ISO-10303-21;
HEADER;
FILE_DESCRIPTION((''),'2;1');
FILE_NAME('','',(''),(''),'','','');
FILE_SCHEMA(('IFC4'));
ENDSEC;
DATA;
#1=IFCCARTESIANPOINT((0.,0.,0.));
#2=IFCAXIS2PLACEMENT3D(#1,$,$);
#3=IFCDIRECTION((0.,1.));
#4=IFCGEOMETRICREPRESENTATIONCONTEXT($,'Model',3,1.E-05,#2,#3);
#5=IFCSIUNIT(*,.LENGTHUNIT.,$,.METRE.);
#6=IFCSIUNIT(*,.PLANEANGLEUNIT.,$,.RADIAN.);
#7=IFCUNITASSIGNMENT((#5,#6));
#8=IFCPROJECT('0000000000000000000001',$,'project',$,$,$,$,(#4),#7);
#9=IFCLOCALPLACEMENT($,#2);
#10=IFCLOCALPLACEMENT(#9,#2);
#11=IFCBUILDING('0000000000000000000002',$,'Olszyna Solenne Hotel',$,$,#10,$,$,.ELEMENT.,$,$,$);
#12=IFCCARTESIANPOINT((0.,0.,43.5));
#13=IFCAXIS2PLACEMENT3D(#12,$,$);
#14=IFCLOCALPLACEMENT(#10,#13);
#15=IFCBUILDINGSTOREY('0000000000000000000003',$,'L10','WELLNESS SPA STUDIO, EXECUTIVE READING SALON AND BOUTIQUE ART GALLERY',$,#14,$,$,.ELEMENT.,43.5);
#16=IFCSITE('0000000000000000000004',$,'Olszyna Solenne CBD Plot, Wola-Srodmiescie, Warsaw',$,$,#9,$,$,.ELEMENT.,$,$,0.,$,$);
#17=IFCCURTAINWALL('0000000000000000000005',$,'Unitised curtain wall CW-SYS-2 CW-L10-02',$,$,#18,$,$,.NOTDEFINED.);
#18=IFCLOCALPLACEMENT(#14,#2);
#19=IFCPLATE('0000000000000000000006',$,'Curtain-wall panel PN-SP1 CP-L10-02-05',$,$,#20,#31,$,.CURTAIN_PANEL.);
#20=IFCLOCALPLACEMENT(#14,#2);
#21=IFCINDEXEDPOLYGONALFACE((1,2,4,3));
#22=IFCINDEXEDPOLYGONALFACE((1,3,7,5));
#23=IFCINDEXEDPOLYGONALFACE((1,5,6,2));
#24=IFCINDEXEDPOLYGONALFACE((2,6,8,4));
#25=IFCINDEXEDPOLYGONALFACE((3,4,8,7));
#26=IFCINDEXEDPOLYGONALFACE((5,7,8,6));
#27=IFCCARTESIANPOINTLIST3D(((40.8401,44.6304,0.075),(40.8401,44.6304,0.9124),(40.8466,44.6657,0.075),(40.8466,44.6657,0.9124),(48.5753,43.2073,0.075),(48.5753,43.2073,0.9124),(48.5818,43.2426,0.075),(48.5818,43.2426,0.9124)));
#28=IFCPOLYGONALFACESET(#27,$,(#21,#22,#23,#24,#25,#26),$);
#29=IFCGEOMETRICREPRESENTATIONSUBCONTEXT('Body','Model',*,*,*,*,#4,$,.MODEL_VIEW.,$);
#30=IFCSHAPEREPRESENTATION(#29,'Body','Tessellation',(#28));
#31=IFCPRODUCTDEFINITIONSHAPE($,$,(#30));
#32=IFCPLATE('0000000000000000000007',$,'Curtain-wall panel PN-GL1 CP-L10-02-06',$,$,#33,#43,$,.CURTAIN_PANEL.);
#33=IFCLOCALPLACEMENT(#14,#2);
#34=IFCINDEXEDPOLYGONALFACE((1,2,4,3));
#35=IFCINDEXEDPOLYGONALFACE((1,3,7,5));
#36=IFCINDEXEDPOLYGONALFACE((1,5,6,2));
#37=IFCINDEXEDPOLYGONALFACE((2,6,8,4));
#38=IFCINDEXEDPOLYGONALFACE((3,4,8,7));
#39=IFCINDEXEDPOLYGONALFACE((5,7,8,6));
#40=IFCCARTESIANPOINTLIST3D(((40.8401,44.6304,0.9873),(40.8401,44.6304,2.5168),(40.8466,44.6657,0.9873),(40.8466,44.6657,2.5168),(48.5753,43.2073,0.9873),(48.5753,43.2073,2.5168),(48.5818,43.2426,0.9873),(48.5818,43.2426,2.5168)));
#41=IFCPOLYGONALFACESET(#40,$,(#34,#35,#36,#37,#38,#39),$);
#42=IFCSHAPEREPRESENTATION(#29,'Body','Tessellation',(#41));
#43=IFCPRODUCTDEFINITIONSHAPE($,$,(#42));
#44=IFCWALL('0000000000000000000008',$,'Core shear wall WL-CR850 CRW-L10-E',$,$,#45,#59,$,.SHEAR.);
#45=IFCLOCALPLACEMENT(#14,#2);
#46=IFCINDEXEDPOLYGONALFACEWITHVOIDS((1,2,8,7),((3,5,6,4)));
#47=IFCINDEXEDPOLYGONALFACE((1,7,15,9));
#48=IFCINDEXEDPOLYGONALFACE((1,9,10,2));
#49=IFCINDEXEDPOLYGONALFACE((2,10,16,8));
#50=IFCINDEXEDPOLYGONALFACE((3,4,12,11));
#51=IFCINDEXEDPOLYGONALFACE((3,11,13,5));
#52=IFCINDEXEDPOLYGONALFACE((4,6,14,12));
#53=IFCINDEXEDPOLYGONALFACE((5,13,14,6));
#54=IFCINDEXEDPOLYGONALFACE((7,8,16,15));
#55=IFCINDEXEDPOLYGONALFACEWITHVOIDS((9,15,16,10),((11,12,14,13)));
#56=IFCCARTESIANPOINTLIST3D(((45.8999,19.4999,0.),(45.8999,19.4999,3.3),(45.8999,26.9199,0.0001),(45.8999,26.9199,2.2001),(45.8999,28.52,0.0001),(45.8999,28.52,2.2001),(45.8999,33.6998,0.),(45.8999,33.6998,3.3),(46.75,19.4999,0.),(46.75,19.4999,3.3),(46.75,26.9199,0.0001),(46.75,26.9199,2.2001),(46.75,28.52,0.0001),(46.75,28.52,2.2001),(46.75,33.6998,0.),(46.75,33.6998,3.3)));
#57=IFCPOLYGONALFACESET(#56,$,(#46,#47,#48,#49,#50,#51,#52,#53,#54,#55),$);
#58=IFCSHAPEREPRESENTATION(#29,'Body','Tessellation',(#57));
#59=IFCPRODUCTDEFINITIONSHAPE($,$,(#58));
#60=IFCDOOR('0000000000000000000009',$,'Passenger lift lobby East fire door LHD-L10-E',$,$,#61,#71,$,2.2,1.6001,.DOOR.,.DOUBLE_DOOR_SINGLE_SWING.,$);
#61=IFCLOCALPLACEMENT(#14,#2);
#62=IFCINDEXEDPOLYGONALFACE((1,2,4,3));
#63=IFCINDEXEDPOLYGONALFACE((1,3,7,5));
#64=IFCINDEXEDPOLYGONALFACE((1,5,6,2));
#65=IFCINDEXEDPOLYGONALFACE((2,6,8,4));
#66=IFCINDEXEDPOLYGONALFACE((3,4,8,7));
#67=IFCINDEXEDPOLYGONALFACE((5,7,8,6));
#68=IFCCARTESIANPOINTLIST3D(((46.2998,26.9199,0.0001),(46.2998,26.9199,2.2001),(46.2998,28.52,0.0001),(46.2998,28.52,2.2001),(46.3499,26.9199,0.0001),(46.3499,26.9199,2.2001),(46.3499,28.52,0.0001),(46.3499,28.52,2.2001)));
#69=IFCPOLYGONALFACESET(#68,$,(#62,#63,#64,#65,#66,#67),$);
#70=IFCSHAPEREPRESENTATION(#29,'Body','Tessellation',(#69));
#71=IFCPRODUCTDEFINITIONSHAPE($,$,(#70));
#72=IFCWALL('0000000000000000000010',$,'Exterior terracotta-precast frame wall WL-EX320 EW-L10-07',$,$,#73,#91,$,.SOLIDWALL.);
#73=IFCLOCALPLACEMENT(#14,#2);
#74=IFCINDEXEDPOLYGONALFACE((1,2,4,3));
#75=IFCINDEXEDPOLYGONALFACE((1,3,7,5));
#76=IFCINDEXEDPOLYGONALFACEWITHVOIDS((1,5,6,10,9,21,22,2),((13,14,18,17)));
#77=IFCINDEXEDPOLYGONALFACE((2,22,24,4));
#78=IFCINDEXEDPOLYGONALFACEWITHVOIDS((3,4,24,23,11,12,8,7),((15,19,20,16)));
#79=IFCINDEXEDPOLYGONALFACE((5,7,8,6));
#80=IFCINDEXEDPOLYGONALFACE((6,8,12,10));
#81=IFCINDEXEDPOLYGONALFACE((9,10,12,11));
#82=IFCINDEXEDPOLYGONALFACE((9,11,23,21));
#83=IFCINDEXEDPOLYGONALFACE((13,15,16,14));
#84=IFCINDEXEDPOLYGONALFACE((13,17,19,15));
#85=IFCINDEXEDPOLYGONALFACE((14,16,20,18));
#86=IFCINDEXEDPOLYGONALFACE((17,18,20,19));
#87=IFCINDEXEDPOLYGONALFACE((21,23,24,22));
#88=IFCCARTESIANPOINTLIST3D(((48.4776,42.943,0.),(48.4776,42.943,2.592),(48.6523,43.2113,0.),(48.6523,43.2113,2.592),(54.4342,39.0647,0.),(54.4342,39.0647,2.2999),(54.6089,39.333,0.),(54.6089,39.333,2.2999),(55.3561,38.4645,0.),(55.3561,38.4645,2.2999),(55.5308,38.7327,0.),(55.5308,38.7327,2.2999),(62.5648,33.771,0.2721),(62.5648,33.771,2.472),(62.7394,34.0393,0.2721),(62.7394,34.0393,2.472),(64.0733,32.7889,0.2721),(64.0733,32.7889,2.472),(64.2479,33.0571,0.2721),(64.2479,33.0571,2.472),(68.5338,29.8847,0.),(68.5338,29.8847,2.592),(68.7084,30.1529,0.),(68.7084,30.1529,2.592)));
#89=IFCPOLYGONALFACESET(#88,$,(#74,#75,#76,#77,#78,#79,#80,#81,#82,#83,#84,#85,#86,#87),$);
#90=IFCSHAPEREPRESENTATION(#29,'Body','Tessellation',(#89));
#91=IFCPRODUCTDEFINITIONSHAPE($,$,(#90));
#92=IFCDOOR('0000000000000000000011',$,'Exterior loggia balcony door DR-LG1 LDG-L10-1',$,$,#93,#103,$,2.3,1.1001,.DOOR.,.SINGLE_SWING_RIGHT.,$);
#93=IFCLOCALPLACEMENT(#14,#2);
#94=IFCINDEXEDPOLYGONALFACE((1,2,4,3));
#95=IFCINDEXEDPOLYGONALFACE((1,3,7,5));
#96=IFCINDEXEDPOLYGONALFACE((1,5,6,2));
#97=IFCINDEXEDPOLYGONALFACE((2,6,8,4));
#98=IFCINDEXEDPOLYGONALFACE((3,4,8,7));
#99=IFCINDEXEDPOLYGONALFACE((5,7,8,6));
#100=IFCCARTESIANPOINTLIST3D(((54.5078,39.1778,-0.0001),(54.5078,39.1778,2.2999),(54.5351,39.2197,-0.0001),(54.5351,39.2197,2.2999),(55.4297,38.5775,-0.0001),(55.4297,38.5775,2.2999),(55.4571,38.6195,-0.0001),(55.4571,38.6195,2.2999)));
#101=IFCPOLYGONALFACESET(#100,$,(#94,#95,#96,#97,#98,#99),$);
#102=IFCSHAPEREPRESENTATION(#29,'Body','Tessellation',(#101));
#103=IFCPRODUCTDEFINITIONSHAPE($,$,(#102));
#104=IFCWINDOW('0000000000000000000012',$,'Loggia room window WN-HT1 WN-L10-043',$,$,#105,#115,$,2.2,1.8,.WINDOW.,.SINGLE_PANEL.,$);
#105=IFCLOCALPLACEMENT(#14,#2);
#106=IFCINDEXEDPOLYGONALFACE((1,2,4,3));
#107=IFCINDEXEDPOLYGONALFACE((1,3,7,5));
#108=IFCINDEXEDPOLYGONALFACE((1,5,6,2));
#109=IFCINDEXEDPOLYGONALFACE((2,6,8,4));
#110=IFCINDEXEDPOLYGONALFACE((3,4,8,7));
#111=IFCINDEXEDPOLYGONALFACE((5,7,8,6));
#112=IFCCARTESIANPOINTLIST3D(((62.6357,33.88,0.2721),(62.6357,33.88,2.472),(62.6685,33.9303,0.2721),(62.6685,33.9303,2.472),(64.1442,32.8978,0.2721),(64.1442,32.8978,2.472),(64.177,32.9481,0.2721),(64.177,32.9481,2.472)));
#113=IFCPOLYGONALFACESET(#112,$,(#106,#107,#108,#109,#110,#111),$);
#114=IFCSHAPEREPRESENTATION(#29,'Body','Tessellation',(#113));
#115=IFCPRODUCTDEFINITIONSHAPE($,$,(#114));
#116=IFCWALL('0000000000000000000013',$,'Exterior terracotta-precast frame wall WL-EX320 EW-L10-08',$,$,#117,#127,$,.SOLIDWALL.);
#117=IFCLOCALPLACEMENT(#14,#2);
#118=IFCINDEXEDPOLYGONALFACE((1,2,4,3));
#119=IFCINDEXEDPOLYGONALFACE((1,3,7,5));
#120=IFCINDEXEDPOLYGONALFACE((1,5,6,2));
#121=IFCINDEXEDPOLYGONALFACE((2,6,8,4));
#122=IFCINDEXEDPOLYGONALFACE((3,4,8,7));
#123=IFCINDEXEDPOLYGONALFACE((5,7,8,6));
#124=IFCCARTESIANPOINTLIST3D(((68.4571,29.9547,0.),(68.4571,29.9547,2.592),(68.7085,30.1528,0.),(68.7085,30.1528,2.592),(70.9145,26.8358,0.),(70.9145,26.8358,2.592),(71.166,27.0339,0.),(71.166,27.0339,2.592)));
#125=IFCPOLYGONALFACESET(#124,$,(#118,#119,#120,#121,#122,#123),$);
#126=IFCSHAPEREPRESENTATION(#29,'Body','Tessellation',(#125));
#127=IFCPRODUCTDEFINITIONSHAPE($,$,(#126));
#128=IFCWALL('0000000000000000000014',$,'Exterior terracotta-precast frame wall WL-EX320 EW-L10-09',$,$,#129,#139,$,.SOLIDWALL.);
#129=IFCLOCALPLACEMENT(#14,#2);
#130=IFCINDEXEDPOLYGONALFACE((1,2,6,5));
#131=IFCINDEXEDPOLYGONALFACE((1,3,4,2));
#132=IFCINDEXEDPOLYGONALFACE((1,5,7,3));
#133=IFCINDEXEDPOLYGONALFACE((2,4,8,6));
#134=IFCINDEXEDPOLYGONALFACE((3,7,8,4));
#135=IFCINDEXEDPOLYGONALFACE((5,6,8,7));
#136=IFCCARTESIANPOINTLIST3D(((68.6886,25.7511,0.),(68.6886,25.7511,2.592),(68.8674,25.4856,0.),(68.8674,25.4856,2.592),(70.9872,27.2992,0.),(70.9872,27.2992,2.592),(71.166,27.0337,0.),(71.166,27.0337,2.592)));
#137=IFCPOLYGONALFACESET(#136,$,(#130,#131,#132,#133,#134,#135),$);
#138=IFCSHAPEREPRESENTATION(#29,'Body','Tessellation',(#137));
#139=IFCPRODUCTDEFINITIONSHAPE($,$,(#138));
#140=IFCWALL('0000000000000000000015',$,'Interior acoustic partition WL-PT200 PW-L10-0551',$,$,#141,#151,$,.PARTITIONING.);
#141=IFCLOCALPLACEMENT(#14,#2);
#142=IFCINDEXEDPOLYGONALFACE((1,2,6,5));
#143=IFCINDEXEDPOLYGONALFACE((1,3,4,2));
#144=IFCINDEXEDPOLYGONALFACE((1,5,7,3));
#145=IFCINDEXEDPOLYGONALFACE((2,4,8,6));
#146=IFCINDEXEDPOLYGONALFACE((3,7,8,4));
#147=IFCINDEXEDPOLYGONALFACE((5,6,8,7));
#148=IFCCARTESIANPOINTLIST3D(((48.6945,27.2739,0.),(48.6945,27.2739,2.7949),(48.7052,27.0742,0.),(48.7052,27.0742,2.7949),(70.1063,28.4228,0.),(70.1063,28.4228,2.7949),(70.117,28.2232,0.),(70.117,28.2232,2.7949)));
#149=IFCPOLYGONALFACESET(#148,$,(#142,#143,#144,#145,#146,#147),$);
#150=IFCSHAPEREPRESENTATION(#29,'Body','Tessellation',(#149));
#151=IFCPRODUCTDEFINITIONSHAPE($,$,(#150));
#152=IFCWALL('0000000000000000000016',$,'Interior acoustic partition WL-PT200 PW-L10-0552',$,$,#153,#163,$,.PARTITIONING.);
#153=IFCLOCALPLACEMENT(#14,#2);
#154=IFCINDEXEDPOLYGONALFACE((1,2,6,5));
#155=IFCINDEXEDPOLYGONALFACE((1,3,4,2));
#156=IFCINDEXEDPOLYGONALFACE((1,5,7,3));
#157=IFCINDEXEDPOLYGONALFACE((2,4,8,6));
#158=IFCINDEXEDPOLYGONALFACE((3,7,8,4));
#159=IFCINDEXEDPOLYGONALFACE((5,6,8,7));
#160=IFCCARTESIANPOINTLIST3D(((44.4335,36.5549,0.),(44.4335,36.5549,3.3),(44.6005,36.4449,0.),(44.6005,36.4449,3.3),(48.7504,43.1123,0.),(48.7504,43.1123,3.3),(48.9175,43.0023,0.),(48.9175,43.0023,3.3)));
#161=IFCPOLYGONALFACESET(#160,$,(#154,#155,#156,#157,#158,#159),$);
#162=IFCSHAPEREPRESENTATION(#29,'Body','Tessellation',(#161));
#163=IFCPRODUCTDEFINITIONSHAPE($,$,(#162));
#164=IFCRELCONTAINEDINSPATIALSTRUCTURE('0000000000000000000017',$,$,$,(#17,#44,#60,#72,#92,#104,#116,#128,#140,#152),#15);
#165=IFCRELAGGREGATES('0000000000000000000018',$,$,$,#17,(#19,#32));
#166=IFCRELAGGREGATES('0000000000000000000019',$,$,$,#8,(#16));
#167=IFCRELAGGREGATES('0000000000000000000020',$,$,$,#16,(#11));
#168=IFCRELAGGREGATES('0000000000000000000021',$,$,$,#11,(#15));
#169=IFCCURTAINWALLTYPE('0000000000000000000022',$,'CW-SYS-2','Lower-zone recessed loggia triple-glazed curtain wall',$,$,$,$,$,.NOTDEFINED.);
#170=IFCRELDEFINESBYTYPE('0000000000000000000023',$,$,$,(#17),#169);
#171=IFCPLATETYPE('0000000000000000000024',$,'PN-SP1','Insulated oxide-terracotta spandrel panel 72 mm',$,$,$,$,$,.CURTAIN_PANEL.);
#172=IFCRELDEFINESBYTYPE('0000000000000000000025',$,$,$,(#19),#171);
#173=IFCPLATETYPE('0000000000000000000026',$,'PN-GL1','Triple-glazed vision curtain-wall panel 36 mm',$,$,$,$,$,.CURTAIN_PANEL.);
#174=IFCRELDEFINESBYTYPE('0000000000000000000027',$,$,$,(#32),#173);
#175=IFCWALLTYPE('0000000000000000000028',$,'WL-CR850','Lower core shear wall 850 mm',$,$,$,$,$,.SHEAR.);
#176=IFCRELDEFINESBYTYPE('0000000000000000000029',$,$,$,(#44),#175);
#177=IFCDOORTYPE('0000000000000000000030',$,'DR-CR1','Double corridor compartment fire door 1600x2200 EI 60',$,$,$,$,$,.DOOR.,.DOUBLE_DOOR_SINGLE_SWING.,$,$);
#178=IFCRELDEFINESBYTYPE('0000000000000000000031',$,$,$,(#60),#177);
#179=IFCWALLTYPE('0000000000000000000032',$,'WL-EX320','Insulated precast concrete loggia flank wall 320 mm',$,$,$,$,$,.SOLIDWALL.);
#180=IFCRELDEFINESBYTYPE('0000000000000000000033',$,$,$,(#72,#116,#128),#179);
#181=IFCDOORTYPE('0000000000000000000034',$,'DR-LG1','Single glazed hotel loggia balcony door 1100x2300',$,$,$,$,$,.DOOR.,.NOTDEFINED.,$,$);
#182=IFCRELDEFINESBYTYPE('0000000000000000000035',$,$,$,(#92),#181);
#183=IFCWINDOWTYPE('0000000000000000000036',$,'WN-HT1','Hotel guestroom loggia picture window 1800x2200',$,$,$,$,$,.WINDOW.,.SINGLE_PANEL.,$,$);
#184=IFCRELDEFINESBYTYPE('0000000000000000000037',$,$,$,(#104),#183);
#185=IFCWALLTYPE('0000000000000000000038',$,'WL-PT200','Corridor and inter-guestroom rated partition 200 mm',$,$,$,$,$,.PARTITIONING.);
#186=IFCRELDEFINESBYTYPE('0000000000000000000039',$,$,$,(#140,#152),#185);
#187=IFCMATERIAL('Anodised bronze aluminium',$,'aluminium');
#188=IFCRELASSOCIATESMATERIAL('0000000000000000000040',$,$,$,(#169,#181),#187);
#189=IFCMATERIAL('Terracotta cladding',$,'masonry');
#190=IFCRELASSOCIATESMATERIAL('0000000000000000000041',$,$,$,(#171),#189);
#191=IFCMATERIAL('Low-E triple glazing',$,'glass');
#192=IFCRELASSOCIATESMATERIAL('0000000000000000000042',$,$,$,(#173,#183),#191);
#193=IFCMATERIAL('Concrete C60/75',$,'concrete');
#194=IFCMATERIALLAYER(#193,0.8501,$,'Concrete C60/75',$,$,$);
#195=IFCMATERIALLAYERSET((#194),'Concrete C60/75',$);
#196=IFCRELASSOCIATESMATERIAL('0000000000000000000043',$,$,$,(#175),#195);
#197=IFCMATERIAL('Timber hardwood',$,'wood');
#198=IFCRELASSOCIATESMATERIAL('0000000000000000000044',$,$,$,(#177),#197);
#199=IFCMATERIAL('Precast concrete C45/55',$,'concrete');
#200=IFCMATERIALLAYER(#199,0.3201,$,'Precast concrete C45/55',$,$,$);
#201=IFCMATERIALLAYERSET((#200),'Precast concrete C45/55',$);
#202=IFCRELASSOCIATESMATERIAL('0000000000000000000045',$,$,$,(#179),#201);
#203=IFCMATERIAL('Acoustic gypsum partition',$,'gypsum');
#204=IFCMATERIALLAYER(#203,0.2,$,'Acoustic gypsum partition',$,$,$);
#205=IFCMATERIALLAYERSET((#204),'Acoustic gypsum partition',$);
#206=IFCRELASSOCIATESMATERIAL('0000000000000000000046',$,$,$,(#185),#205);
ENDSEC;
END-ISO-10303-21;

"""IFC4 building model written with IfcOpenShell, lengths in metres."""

from ifc_helpers import new_model, si_unit, direction, frame, frame_2d, origin, origin_2d, place, context, subcontext, project, spatial, rectangle, extrude, source, transform, mapped, material, layer, layer_set, type_object, type_shapes, element, fill, aggregate, save


model = new_model("IFC4")

# Units and contexts
model_context = context("Model", 3, precision=1e-05, world=origin(), true_north=direction((0.0, 1.0)))
body_context = subcontext(model_context, "Body", "Model", "MODEL_VIEW")
ifc_project = project(units=[si_unit("LENGTHUNIT", "METRE"), si_unit("PLANEANGLEUNIT", "RADIAN")], contexts=[model_context])

# Site, building, storey
site_placement = place(None, origin())
site = spatial("IfcSite", under=ifc_project, at=site_placement, Name="Olszyna Solenne CBD Plot, Wola-Srodmiescie, Warsaw", CompositionType="ELEMENT", RefElevation=0.0)
building_placement = place(site_placement, origin())
building = spatial("IfcBuilding", under=site, at=building_placement, Name="Olszyna Solenne Hotel", CompositionType="ELEMENT")
storey_placement = place(building_placement, frame((0.0, 0.0, 43.5)))
storey = spatial("IfcBuildingStorey", under=building, at=storey_placement, Name="L10", Description="WELLNESS SPA STUDIO, EXECUTIVE READING SALON AND BOUTIQUE ART GALLERY", CompositionType="ELEMENT", Elevation=43.5)

# Curtain wall
ifc_material_1 = material(Name="Anodised bronze aluminium", Category="aluminium")
curtain_wall_type = type_object("IfcCurtainWallType", Name="CW-SYS-2", Description="Lower-zone recessed loggia triple-glazed curtain wall", PredefinedType="NOTDEFINED", material=ifc_material_1)
curtain_wall_placement = place(storey_placement, origin())
curtain_wall = element("IfcCurtainWall", 1, at=curtain_wall_placement, inside=storey, type_object=curtain_wall_type, Name="Unitised curtain wall CW-SYS-2 CW-L10-02", PredefinedType="NOTDEFINED")

# Plates
ifc_material_2 = material(Name="Terracotta cladding", Category="masonry")
plate_type_1 = type_object("IfcPlateType", Name="PN-SP1", Description="Insulated oxide-terracotta spandrel panel 72 mm", PredefinedType="CURTAIN_PANEL", material=ifc_material_2)
shared_shape_1 = source(origin(), body_context, "Body", "SweptSolid", [
    extrude(rectangle(XDim=7.865, YDim=0.0359, at=origin_2d()), origin(), (0.0, 0.0, 1.0), 0.8374),
])
plate_1_placement = place(storey_placement, frame((44.7109, 43.9365, 0.075), z_axis=(0.0, 0.0, 1.0), x_axis=(0.983493, -0.180946, 0.0)))
plate_1 = element("IfcPlate", 2, at=plate_1_placement, type_object=plate_type_1, Name="Curtain-wall panel PN-SP1 CP-L10-02-05", PredefinedType="CURTAIN_PANEL", context=body_context, shape_type="MappedRepresentation", body=[
    mapped(shared_shape_1, transform((0.0, 0.0, 0.0), x_axis=(1.0, 0.0, 0.0), y_axis=(0.0, 1.0, 0.0), z_axis=(0.0, 0.0, 1.0), scale=1.0)),
])
ifc_material_3 = material(Name="Low-E triple glazing", Category="glass")
plate_type_2 = type_object("IfcPlateType", Name="PN-GL1", Description="Triple-glazed vision curtain-wall panel 36 mm", PredefinedType="CURTAIN_PANEL", material=ifc_material_3)
shared_shape_2 = source(origin(), body_context, "Body", "SweptSolid", [
    extrude(rectangle(XDim=7.865, YDim=0.0359, at=origin_2d()), origin(), (0.0, 0.0, 1.0), 1.5295),
])
plate_2_placement = place(storey_placement, frame((44.7109, 43.9365, 0.9873), z_axis=(0.0, 0.0, 1.0), x_axis=(0.983493, -0.180946, 0.0)))
plate_2 = element("IfcPlate", 3, at=plate_2_placement, type_object=plate_type_2, Name="Curtain-wall panel PN-GL1 CP-L10-02-06", PredefinedType="CURTAIN_PANEL", context=body_context, shape_type="MappedRepresentation", body=[
    mapped(shared_shape_2, transform((0.0, 0.0, 0.0), x_axis=(1.0, 0.0, 0.0), y_axis=(0.0, 1.0, 0.0), z_axis=(0.0, 0.0, 1.0), scale=1.0)),
])
aggregate(curtain_wall, [plate_1, plate_2])

# Wall, opening, door
ifc_material_4 = material(Name="Concrete C60/75", Category="concrete")
ifc_layer_1 = layer(ifc_material_4, 0.8501, Name="Concrete C60/75")
ifc_layer_set_1 = layer_set([ifc_layer_1], Name="Concrete C60/75")
wall_type_1 = type_object("IfcWallType", Name="WL-CR850", Description="Lower core shear wall 850 mm", PredefinedType="SHEAR", material=ifc_layer_set_1)
wall_1_placement = place(storey_placement, frame((46.325, 33.7, 0.0), z_axis=(0.0, 0.0, 1.0), x_axis=(0.0, -1.0, 0.0)))
wall_1 = element("IfcWall", 4, at=wall_1_placement, inside=storey, type_object=wall_type_1, Name="Core shear wall WL-CR850 CRW-L10-E", PredefinedType="SHEAR", context=body_context, shape_type="SweptSolid", body=[
    extrude(rectangle(XDim=14.2, YDim=0.8501, at=frame_2d((7.1001, 0.0))), origin(), (0.0, 0.0, 1.0), 3.3),
])
opening_1_placement = place(wall_1_placement, frame((5.1799, 0.0, 0.0)))
opening_1 = element("IfcOpeningElement", 5, at=opening_1_placement, cuts=wall_1, PredefinedType="OPENING", context=body_context, shape_type="SweptSolid", body=[
    extrude(rectangle(XDim=1.6001, YDim=2.2, at=frame_2d((0.8, 1.1001))), frame((0.0, 0.4351, 0.0), z_axis=(0.0, -1.0, 0.0), x_axis=(1.0, 0.0, 0.0)), (0.0, 0.0, 1.0), 0.8701),
])
ifc_material_5 = material(Name="Timber hardwood", Category="wood")
door_type_1 = type_object("IfcDoorType", Name="DR-CR1", Description="Double corridor compartment fire door 1600x2200 EI 60", OperationType="DOUBLE_DOOR_SINGLE_SWING", PredefinedType="DOOR", material=ifc_material_5)
shared_shape_3 = source(origin(), body_context, "Body", "SweptSolid", [
    extrude(rectangle(XDim=1.6001, YDim=2.2, at=frame_2d((0.8, 1.1001))), frame((0.0, 0.0249, 0.0), z_axis=(0.0, -1.0, 0.0), x_axis=(1.0, 0.0, 0.0)), (0.0, 0.0, 1.0), 0.05),
])
type_shapes(door_type_1, [shared_shape_3])
door_1_placement = place(opening_1_placement, origin())
door_1 = element("IfcDoor", 6, at=door_1_placement, inside=storey, type_object=door_type_1, Name="Passenger lift lobby East fire door LHD-L10-E", OperationType="DOUBLE_DOOR_SINGLE_SWING", OverallHeight=2.2, OverallWidth=1.6001, PredefinedType="DOOR", context=body_context, shape_type="MappedRepresentation", body=[
    mapped(shared_shape_3, transform((0.0, 0.0, 0.0), x_axis=(1.0, 0.0, 0.0), y_axis=(0.0, 1.0, 0.0), z_axis=(0.0, 0.0, 1.0), scale=1.0)),
])
fill(opening_1, door_1)

# Wall, openings, door, window
ifc_material_6 = material(Name="Precast concrete C45/55", Category="concrete")
ifc_layer_2 = layer(ifc_material_6, 0.3201, Name="Precast concrete C45/55")
ifc_layer_set_2 = layer_set([ifc_layer_2], Name="Precast concrete C45/55")
wall_type_2 = type_object("IfcWallType", Name="WL-EX320", Description="Insulated precast concrete loggia flank wall 320 mm", PredefinedType="SOLIDWALL", material=ifc_layer_set_2)
wall_2_placement = place(storey_placement, frame((48.5649, 43.0771, 0.0), z_axis=(0.0, 0.0, 1.0), x_axis=(0.838026, -0.54563, 0.0)))
wall_2 = element("IfcWall", 7, at=wall_2_placement, inside=storey, type_object=wall_type_2, Name="Exterior terracotta-precast frame wall WL-EX320 EW-L10-07", PredefinedType="SOLIDWALL", context=body_context, shape_type="SweptSolid", body=[
    extrude(rectangle(XDim=23.9326, YDim=0.3201, at=frame_2d((11.9663, 0.0))), origin(), (0.0, 0.0, 1.0), 2.592),
])
opening_2_placement = place(wall_2_placement, frame((7.1079, 0.0, 0.0)))
opening_2 = element("IfcOpeningElement", 8, at=opening_2_placement, cuts=wall_2, PredefinedType="OPENING", context=body_context, shape_type="SweptSolid", body=[
    extrude(rectangle(XDim=1.1001, YDim=2.3, at=frame_2d((0.55, 1.1499))), frame((0.0, 0.1699, 0.0), z_axis=(0.0, -1.0, 0.0), x_axis=(1.0, 0.0, 0.0)), (0.0, 0.0, 1.0), 0.3401),
])
opening_3_placement = place(wall_2_placement, frame((16.8101, 0.0, 0.272)))
opening_3 = element("IfcOpeningElement", 9, at=opening_3_placement, cuts=wall_2, PredefinedType="OPENING", context=body_context, shape_type="SweptSolid", body=[
    extrude(rectangle(XDim=1.8, YDim=2.2, at=frame_2d((0.8999, 1.1001))), frame((0.0, 0.1699, 0.0), z_axis=(0.0, -1.0, 0.0), x_axis=(1.0, 0.0, 0.0)), (0.0, 0.0, 1.0), 0.3401),
])
door_type_2 = type_object("IfcDoorType", Name="DR-LG1", Description="Single glazed hotel loggia balcony door 1100x2300", OperationType="NOTDEFINED", PredefinedType="DOOR", material=ifc_material_1)
shared_shape_4 = source(origin(), body_context, "Body", "SweptSolid", [
    extrude(rectangle(XDim=1.1001, YDim=2.3, at=frame_2d((0.55, 1.1499))), frame((0.0, 0.0249, 0.0), z_axis=(0.0, -1.0, 0.0), x_axis=(1.0, 0.0, 0.0)), (0.0, 0.0, 1.0), 0.05),
])
type_shapes(door_type_2, [shared_shape_4])
door_2_placement = place(opening_2_placement, origin())
door_2 = element("IfcDoor", 10, at=door_2_placement, inside=storey, type_object=door_type_2, Name="Exterior loggia balcony door DR-LG1 LDG-L10-1", OperationType="SINGLE_SWING_RIGHT", OverallHeight=2.3, OverallWidth=1.1001, PredefinedType="DOOR", context=body_context, shape_type="MappedRepresentation", body=[
    mapped(shared_shape_4, transform((0.0, 0.0, 0.0), x_axis=(1.0, 0.0, 0.0), y_axis=(0.0, 1.0, 0.0), z_axis=(0.0, 0.0, 1.0), scale=1.0)),
])
fill(opening_2, door_2)
window_type = type_object("IfcWindowType", Name="WN-HT1", Description="Hotel guestroom loggia picture window 1800x2200", PartitioningType="SINGLE_PANEL", PredefinedType="WINDOW", material=ifc_material_3)
shared_shape_5 = source(origin(), body_context, "Body", "SweptSolid", [
    extrude(rectangle(XDim=1.8, YDim=2.2, at=frame_2d((0.8999, 1.1001))), frame((0.0, 0.03, 0.0), z_axis=(0.0, -1.0, 0.0), x_axis=(1.0, 0.0, 0.0)), (0.0, 0.0, 1.0), 0.0601),
])
type_shapes(window_type, [shared_shape_5])
window_placement = place(opening_3_placement, origin())
window = element("IfcWindow", 11, at=window_placement, inside=storey, type_object=window_type, Name="Loggia room window WN-HT1 WN-L10-043", OverallHeight=2.2, OverallWidth=1.8, PartitioningType="SINGLE_PANEL", PredefinedType="WINDOW", context=body_context, shape_type="MappedRepresentation", body=[
    mapped(shared_shape_5, transform((0.0, 0.0, 0.0), x_axis=(1.0, 0.0, 0.0), y_axis=(0.0, 1.0, 0.0), z_axis=(0.0, 0.0, 1.0), scale=1.0)),
])
fill(opening_3, window)

# Walls
wall_3_placement = place(storey_placement, frame((68.5828, 30.0537, 0.0), z_axis=(0.0, 0.0, 1.0), x_axis=(0.618904, -0.785466, 0.0)))
element("IfcWall", 12, at=wall_3_placement, inside=storey, type_object=wall_type_2, Name="Exterior terracotta-precast frame wall WL-EX320 EW-L10-08", PredefinedType="SOLIDWALL", context=body_context, shape_type="SweptSolid", body=[
    extrude(rectangle(XDim=3.9707, YDim=0.3201, at=frame_2d((1.9854, 0.0))), origin(), (0.0, 0.0, 1.0), 2.592),
])
wall_4_placement = place(storey_placement, frame((71.0767, 27.1665, 0.0), z_axis=(0.0, 0.0, 1.0), x_axis=(-0.829425, -0.558618, 0.0)))
element("IfcWall", 13, at=wall_4_placement, inside=storey, type_object=wall_type_2, Name="Exterior terracotta-precast frame wall WL-EX320 EW-L10-09", PredefinedType="SOLIDWALL", context=body_context, shape_type="SweptSolid", body=[
    extrude(rectangle(XDim=2.7712, YDim=0.3201, at=frame_2d((1.3857, 0.0))), origin(), (0.0, 0.0, 1.0), 2.592),
])
ifc_material_7 = material(Name="Acoustic gypsum partition", Category="gypsum")
ifc_layer_3 = layer(ifc_material_7, 0.2, Name="Acoustic gypsum partition")
ifc_layer_set_3 = layer_set([ifc_layer_3], Name="Acoustic gypsum partition")
wall_type_3 = type_object("IfcWallType", Name="WL-PT200", Description="Corridor and inter-guestroom rated partition 200 mm", PredefinedType="PARTITIONING", material=ifc_layer_set_3)
wall_5_placement = place(storey_placement, frame((48.7, 27.1741, 0.0), z_axis=(0.0, 0.0, 1.0), x_axis=(0.998563, 0.053581, 0.0)))
element("IfcWall", 14, at=wall_5_placement, inside=storey, type_object=wall_type_3, Name="Interior acoustic partition WL-PT200 PW-L10-0551", PredefinedType="PARTITIONING", context=body_context, shape_type="SweptSolid", body=[
    extrude(rectangle(XDim=21.4426, YDim=0.2, at=frame_2d((10.7212, 0.0))), origin(), (0.0, 0.0, 1.0), 2.7949),
])
wall_6_placement = place(storey_placement, frame((44.5171, 36.5, 0.0), z_axis=(0.0, 0.0, 1.0), x_axis=(0.549868, 0.835251, 0.0)))
element("IfcWall", 15, at=wall_6_placement, inside=storey, type_object=wall_type_3, Name="Interior acoustic partition WL-PT200 PW-L10-0552", PredefinedType="PARTITIONING", context=body_context, shape_type="SweptSolid", body=[
    extrude(rectangle(XDim=7.8508, YDim=0.2, at=frame_2d((3.9253, 0.0))), origin(), (0.0, 0.0, 1.0), 3.3),
])

save(model, "model.ifc")
